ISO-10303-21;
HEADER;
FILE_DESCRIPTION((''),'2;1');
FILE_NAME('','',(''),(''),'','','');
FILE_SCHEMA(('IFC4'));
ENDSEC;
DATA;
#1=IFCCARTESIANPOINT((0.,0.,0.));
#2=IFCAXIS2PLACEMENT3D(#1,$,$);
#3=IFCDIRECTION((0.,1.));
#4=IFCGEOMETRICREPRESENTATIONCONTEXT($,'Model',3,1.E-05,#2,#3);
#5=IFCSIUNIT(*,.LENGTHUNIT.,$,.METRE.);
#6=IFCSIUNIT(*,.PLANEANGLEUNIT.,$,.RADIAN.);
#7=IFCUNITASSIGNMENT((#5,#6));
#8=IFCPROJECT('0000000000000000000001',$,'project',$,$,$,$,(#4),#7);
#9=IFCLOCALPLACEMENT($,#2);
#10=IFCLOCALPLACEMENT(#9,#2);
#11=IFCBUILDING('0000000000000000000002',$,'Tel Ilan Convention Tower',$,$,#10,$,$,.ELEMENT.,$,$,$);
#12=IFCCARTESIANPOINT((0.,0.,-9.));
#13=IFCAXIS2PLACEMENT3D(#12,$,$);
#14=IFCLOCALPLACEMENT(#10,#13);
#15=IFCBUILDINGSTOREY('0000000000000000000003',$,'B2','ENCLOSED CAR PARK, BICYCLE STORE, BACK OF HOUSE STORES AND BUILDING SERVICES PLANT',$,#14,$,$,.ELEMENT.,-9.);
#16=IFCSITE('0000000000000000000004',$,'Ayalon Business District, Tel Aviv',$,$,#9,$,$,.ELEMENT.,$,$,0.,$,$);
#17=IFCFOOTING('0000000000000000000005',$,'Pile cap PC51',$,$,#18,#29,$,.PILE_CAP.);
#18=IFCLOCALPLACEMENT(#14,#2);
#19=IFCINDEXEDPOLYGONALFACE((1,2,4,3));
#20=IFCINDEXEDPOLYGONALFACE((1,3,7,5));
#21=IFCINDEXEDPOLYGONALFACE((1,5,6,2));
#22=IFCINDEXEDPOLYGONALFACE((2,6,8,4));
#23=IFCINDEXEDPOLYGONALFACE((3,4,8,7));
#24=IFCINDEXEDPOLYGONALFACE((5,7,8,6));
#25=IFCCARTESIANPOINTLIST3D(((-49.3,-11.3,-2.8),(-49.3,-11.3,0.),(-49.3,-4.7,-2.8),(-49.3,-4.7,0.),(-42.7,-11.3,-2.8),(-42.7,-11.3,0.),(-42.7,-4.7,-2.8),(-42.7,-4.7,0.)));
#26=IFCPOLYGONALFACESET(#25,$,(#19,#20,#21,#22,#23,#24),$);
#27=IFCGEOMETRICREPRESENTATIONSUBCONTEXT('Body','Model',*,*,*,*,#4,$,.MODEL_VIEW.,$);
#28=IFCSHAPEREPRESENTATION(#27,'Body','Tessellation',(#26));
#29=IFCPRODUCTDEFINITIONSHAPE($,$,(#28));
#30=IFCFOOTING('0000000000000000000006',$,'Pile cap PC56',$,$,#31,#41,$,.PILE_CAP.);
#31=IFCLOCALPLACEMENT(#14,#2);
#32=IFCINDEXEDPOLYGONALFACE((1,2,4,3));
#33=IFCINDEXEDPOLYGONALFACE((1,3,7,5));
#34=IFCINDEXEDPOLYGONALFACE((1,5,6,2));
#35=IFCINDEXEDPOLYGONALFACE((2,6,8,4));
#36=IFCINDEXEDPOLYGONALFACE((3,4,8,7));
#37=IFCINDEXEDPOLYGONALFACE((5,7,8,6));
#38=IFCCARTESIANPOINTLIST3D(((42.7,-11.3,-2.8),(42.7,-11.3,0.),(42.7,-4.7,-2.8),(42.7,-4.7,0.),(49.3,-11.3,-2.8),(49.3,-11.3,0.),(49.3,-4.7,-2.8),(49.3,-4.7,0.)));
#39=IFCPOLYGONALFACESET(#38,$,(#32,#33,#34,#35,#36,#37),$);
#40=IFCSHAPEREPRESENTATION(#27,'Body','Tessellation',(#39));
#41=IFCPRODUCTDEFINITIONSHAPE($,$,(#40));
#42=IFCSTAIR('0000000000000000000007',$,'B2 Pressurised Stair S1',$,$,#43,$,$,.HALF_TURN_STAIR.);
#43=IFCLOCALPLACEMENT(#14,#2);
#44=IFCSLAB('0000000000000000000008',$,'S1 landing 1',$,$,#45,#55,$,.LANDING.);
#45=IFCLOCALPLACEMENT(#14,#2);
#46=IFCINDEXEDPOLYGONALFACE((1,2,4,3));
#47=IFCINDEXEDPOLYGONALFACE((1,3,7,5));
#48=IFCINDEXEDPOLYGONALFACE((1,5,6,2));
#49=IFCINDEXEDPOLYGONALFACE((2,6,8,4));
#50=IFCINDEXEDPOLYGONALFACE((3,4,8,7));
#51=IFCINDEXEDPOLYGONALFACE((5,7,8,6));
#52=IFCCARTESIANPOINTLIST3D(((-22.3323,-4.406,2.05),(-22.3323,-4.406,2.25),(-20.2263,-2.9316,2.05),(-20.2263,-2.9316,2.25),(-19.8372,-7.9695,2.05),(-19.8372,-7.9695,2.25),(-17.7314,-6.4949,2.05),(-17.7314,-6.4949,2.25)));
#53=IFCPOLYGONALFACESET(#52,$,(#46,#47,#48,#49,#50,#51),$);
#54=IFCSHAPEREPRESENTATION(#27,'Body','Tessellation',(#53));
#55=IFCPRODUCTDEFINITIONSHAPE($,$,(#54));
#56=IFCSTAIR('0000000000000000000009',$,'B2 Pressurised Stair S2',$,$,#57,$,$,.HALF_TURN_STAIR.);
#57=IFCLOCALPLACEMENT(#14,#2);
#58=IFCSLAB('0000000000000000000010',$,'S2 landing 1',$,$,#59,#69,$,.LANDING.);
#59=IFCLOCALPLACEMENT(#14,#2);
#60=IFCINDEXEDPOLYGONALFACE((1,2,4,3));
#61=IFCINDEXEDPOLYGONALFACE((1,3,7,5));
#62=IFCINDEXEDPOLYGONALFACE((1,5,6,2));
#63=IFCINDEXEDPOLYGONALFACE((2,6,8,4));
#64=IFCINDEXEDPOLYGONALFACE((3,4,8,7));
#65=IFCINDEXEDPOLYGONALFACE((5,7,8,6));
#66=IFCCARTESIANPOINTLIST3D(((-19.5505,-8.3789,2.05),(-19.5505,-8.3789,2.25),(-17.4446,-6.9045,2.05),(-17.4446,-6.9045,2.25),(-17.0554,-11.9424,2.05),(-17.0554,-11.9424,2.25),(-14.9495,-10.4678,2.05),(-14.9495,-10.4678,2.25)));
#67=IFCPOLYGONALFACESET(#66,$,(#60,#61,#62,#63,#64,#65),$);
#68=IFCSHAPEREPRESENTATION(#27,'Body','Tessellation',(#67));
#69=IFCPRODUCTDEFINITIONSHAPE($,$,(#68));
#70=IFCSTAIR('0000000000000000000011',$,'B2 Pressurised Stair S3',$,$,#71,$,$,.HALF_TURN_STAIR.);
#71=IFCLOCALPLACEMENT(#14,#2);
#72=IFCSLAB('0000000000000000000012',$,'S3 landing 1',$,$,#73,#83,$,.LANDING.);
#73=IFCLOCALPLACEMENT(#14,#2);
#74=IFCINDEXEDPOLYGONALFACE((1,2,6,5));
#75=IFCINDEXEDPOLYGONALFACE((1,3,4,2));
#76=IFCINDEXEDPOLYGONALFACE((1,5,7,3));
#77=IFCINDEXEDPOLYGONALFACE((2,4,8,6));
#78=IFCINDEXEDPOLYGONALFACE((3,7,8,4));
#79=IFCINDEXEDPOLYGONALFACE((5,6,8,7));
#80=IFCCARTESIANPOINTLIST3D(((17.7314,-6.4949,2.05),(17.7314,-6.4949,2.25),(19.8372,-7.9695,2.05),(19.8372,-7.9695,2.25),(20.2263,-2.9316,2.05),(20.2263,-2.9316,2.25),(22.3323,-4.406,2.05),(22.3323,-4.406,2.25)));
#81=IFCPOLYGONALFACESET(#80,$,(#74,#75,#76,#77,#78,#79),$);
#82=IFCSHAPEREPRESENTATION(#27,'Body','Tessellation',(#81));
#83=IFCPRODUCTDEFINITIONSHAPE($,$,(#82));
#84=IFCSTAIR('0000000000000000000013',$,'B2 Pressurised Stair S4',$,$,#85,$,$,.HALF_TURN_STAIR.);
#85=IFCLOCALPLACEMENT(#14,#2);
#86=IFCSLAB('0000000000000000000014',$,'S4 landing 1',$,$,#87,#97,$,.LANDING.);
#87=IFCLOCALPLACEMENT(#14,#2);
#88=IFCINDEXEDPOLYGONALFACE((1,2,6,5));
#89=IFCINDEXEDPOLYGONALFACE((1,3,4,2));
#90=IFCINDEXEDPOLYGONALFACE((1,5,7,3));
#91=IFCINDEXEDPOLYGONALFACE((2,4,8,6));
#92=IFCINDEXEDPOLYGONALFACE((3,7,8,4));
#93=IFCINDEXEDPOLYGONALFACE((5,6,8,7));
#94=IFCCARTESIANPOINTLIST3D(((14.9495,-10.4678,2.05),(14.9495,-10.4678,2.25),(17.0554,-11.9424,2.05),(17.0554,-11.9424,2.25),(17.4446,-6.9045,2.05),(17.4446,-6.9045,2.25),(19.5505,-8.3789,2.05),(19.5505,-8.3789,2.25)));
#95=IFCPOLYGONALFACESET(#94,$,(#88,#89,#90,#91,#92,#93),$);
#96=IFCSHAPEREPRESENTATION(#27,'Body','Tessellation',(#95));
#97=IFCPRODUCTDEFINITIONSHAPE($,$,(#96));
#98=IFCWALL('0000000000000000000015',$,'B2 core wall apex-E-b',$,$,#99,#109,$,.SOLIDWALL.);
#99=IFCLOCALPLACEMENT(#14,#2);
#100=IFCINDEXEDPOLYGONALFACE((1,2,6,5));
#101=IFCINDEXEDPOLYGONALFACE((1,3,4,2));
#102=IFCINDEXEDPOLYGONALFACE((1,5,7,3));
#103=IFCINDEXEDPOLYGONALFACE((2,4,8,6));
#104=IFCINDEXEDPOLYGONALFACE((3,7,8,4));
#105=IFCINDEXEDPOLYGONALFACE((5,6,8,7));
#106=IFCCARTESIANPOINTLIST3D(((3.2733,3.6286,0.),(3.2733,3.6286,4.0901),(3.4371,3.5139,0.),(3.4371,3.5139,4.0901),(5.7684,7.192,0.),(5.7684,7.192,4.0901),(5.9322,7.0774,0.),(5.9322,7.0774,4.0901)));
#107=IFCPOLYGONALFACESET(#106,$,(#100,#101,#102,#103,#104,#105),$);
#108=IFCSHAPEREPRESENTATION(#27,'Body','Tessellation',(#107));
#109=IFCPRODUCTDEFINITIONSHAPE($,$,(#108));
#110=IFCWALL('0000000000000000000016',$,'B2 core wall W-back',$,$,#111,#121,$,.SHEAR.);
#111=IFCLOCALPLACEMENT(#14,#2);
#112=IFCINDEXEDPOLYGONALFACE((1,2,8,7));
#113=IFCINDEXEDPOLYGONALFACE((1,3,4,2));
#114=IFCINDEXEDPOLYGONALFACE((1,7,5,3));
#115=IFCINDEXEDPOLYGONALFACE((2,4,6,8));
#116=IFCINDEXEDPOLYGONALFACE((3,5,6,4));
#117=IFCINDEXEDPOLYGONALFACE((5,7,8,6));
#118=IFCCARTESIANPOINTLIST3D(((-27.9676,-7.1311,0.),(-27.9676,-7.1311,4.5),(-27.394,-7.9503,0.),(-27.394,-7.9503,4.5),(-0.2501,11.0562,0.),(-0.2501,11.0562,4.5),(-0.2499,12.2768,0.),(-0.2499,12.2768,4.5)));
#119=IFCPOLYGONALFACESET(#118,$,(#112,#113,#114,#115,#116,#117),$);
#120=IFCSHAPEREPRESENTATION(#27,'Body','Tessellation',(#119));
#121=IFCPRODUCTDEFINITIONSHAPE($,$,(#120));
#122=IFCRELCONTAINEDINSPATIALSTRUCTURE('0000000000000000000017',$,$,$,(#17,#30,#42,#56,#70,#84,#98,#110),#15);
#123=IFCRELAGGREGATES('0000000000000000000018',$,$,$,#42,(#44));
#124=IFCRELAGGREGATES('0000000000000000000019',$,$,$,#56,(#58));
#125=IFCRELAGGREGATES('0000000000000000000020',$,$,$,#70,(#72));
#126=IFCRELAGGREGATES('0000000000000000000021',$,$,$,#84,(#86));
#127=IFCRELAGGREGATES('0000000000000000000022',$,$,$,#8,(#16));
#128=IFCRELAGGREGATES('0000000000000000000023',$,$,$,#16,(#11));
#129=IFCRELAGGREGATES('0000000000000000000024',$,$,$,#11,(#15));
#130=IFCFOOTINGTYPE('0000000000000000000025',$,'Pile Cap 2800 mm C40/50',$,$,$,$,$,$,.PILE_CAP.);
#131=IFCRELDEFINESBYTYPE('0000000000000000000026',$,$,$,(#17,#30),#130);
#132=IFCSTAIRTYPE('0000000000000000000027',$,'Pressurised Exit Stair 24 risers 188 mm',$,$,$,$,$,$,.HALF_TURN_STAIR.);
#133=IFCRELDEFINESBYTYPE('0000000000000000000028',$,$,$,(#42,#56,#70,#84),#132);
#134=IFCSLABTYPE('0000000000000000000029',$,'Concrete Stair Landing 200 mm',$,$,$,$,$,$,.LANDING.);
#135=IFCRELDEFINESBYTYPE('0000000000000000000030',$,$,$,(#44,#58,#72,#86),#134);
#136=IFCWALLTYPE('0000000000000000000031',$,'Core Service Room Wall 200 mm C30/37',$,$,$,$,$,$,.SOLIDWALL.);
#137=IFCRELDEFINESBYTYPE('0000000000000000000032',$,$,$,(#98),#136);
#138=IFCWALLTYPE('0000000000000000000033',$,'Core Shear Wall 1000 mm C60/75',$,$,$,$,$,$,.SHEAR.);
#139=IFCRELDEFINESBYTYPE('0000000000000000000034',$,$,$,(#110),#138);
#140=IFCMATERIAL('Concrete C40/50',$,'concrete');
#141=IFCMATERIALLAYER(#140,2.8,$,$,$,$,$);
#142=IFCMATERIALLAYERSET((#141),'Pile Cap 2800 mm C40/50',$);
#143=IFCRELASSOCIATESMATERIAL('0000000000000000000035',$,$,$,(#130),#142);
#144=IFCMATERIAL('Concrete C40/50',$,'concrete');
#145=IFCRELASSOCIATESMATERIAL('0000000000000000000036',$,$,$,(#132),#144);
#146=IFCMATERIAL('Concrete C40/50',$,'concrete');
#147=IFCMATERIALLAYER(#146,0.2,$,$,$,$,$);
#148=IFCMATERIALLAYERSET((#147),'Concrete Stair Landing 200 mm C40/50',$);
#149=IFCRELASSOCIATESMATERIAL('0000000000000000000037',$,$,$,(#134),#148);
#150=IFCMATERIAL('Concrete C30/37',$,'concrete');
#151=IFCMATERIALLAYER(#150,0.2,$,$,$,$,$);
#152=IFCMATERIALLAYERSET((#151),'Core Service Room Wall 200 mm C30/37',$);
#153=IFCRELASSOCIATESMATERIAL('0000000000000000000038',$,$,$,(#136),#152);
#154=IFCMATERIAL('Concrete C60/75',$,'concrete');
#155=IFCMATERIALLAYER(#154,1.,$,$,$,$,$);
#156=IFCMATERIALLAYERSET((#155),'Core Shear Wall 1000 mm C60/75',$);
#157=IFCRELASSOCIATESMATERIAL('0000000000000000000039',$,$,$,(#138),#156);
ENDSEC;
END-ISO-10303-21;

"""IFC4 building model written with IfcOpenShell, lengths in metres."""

from ifc_helpers import new_model, si_unit, direction, frame, frame_2d, origin, place, context, subcontext, project, spatial, polyline, rectangle, outline, extrude, material, layer, layer_set, type_object, element, aggregate, save


model = new_model("IFC4")

# Units and contexts
model_context = context("Model", 3, precision=1e-05, world=origin(), true_north=direction((0.0, 1.0)))
body_context = subcontext(model_context, "Body", "Model", "MODEL_VIEW")
ifc_project = project(units=[si_unit("LENGTHUNIT", "METRE"), si_unit("PLANEANGLEUNIT", "RADIAN")], contexts=[model_context])

# Site, building, storey
site_placement = place(None, origin())
site = spatial("IfcSite", under=ifc_project, at=site_placement, Name="Ayalon Business District, Tel Aviv", CompositionType="ELEMENT", RefElevation=0.0)
building_placement = place(site_placement, origin())
building = spatial("IfcBuilding", under=site, at=building_placement, Name="Tel Ilan Convention Tower", CompositionType="ELEMENT")
storey_placement = place(building_placement, frame((0.0, 0.0, -9.0)))
storey = spatial("IfcBuildingStorey", under=building, at=storey_placement, Name="B2", Description="ENCLOSED CAR PARK, BICYCLE STORE, BACK OF HOUSE STORES AND BUILDING SERVICES PLANT", CompositionType="ELEMENT", Elevation=-9.0)

# Footings
ifc_material_1 = material(Name="Concrete C40/50", Category="concrete")
ifc_layer_1 = layer(ifc_material_1, 2.8)
ifc_layer_set_1 = layer_set([ifc_layer_1], Name="Pile Cap 2800 mm C40/50")
footing_type_1 = type_object("IfcFootingType", Name="Pile Cap 2800 mm C40/50", PredefinedType="PILE_CAP", material=ifc_layer_set_1)
footing_1_placement = place(storey_placement, frame((0.0, 0.0, -2.8)))
element("IfcFooting", 1, at=footing_1_placement, inside=storey, type_object=footing_type_1, Name="Pile cap PC51", PredefinedType="PILE_CAP", context=body_context, shape_type="SweptSolid", body=[
    extrude(outline(polyline([(-49.3, -11.3), (-42.7, -11.3), (-42.7, -4.7), (-49.3, -4.7), (-49.3, -11.3)])), origin(), (0.0, 0.0, 1.0), 2.8),
])
footing_2_placement = place(storey_placement, frame((0.0, 0.0, -2.8)))
element("IfcFooting", 2, at=footing_2_placement, inside=storey, type_object=footing_type_1, Name="Pile cap PC56", PredefinedType="PILE_CAP", context=body_context, shape_type="SweptSolid", body=[
    extrude(outline(polyline([(42.7, -11.3), (49.3, -11.3), (49.3, -4.7), (42.7, -4.7), (42.7, -11.3)])), origin(), (0.0, 0.0, 1.0), 2.8),
])

# Stairs, slabs
ifc_material_2 = material(Name="Concrete C40/50", Category="concrete")
stair_type = type_object("IfcStairType", Name="Pressurised Exit Stair 24 risers 188 mm", PredefinedType="HALF_TURN_STAIR", material=ifc_material_2)
stair_1_placement = place(storey_placement, origin())
stair_1 = element("IfcStair", 3, at=stair_1_placement, inside=storey, type_object=stair_type, Name="B2 Pressurised Stair S1", PredefinedType="HALF_TURN_STAIR")
ifc_material_3 = material(Name="Concrete C40/50", Category="concrete")
ifc_layer_2 = layer(ifc_material_3, 0.2)
ifc_layer_set_2 = layer_set([ifc_layer_2], Name="Concrete Stair Landing 200 mm C40/50")
slab_type_1 = type_object("IfcSlabType", Name="Concrete Stair Landing 200 mm", PredefinedType="LANDING", material=ifc_layer_set_2)
slab_1_placement = place(storey_placement, frame((0.0, 0.0, 2.05)))
slab_1 = element("IfcSlab", 4, at=slab_1_placement, type_object=slab_type_1, Name="S1 landing 1", PredefinedType="LANDING", context=body_context, shape_type="SweptSolid", body=[
    extrude(outline(polyline([(-19.8372, -7.9695), (-17.7314, -6.4949), (-20.2263, -2.9316), (-22.3323, -4.406), (-19.8372, -7.9695)])), origin(), (0.0, 0.0, 1.0), 0.2),
])
aggregate(stair_1, [slab_1])
stair_2_placement = place(storey_placement, origin())
stair_2 = element("IfcStair", 5, at=stair_2_placement, inside=storey, type_object=stair_type, Name="B2 Pressurised Stair S2", PredefinedType="HALF_TURN_STAIR")
slab_2_placement = place(storey_placement, frame((0.0, 0.0, 2.05)))
slab_2 = element("IfcSlab", 6, at=slab_2_placement, type_object=slab_type_1, Name="S2 landing 1", PredefinedType="LANDING", context=body_context, shape_type="SweptSolid", body=[
    extrude(outline(polyline([(-17.0554, -11.9424), (-14.9495, -10.4678), (-17.4446, -6.9045), (-19.5505, -8.3789), (-17.0554, -11.9424)])), origin(), (0.0, 0.0, 1.0), 0.2),
])
aggregate(stair_2, [slab_2])
stair_3_placement = place(storey_placement, origin())
stair_3 = element("IfcStair", 7, at=stair_3_placement, inside=storey, type_object=stair_type, Name="B2 Pressurised Stair S3", PredefinedType="HALF_TURN_STAIR")
slab_3_placement = place(storey_placement, frame((0.0, 0.0, 2.05)))
slab_3 = element("IfcSlab", 8, at=slab_3_placement, type_object=slab_type_1, Name="S3 landing 1", PredefinedType="LANDING", context=body_context, shape_type="SweptSolid", body=[
    extrude(outline(polyline([(22.3323, -4.406), (20.2263, -2.9316), (17.7314, -6.4949), (19.8372, -7.9695), (22.3323, -4.406)])), origin(), (0.0, 0.0, 1.0), 0.2),
])
aggregate(stair_3, [slab_3])
stair_4_placement = place(storey_placement, origin())
stair_4 = element("IfcStair", 9, at=stair_4_placement, inside=storey, type_object=stair_type, Name="B2 Pressurised Stair S4", PredefinedType="HALF_TURN_STAIR")
slab_4_placement = place(storey_placement, frame((0.0, 0.0, 2.05)))
slab_4 = element("IfcSlab", 10, at=slab_4_placement, type_object=slab_type_1, Name="S4 landing 1", PredefinedType="LANDING", context=body_context, shape_type="SweptSolid", body=[
    extrude(outline(polyline([(19.5505, -8.3789), (17.4446, -6.9045), (14.9495, -10.4678), (17.0554, -11.9424), (19.5505, -8.3789)])), origin(), (0.0, 0.0, 1.0), 0.2),
])
aggregate(stair_4, [slab_4])

# Walls
ifc_material_4 = material(Name="Concrete C30/37", Category="concrete")
ifc_layer_3 = layer(ifc_material_4, 0.2)
ifc_layer_set_3 = layer_set([ifc_layer_3], Name="Core Service Room Wall 200 mm C30/37")
wall_type_1 = type_object("IfcWallType", Name="Core Service Room Wall 200 mm C30/37", PredefinedType="SOLIDWALL", material=ifc_layer_set_3)
wall_1_placement = place(storey_placement, frame((3.3552, 3.5713, 0.0), z_axis=(0.0, 0.0, 1.0), x_axis=(0.573568, 0.819158, 0.0)))
element("IfcWall", 11, at=wall_1_placement, inside=storey, type_object=wall_type_1, Name="B2 core wall apex-E-b", PredefinedType="SOLIDWALL", context=body_context, shape_type="SweptSolid", body=[
    extrude(rectangle(XDim=4.3501, YDim=0.2, at=frame_2d((2.175, 0.0))), origin(), (0.0, 0.0, 1.0), 4.0901),
])
ifc_material_5 = material(Name="Concrete C60/75", Category="concrete")
ifc_layer_4 = layer(ifc_material_5, 1.0)
ifc_layer_set_4 = layer_set([ifc_layer_4], Name="Core Shear Wall 1000 mm C60/75")
wall_type_2 = type_object("IfcWallType", Name="Core Shear Wall 1000 mm C60/75", PredefinedType="SHEAR", material=ifc_layer_set_4)
wall_2_placement = place(storey_placement, frame((0.0369, 11.8672, 0.0), z_axis=(0.0, 0.0, 1.0), x_axis=(-0.819155, -0.573572, 0.0)))
element("IfcWall", 12, at=wall_2_placement, inside=storey, type_object=wall_type_2, Name="B2 core wall W-back", PredefinedType="SHEAR", context=body_context, shape_type="SweptSolid", body=[
    extrude(outline(polyline([(33.8369, 0.5), (0.7002, 0.4998), (0.0, -0.5), (33.8369, -0.5), (33.8369, 0.5)])), origin(), (0.0, 0.0, 1.0), 4.5),
])

save(model, "model.ifc")
